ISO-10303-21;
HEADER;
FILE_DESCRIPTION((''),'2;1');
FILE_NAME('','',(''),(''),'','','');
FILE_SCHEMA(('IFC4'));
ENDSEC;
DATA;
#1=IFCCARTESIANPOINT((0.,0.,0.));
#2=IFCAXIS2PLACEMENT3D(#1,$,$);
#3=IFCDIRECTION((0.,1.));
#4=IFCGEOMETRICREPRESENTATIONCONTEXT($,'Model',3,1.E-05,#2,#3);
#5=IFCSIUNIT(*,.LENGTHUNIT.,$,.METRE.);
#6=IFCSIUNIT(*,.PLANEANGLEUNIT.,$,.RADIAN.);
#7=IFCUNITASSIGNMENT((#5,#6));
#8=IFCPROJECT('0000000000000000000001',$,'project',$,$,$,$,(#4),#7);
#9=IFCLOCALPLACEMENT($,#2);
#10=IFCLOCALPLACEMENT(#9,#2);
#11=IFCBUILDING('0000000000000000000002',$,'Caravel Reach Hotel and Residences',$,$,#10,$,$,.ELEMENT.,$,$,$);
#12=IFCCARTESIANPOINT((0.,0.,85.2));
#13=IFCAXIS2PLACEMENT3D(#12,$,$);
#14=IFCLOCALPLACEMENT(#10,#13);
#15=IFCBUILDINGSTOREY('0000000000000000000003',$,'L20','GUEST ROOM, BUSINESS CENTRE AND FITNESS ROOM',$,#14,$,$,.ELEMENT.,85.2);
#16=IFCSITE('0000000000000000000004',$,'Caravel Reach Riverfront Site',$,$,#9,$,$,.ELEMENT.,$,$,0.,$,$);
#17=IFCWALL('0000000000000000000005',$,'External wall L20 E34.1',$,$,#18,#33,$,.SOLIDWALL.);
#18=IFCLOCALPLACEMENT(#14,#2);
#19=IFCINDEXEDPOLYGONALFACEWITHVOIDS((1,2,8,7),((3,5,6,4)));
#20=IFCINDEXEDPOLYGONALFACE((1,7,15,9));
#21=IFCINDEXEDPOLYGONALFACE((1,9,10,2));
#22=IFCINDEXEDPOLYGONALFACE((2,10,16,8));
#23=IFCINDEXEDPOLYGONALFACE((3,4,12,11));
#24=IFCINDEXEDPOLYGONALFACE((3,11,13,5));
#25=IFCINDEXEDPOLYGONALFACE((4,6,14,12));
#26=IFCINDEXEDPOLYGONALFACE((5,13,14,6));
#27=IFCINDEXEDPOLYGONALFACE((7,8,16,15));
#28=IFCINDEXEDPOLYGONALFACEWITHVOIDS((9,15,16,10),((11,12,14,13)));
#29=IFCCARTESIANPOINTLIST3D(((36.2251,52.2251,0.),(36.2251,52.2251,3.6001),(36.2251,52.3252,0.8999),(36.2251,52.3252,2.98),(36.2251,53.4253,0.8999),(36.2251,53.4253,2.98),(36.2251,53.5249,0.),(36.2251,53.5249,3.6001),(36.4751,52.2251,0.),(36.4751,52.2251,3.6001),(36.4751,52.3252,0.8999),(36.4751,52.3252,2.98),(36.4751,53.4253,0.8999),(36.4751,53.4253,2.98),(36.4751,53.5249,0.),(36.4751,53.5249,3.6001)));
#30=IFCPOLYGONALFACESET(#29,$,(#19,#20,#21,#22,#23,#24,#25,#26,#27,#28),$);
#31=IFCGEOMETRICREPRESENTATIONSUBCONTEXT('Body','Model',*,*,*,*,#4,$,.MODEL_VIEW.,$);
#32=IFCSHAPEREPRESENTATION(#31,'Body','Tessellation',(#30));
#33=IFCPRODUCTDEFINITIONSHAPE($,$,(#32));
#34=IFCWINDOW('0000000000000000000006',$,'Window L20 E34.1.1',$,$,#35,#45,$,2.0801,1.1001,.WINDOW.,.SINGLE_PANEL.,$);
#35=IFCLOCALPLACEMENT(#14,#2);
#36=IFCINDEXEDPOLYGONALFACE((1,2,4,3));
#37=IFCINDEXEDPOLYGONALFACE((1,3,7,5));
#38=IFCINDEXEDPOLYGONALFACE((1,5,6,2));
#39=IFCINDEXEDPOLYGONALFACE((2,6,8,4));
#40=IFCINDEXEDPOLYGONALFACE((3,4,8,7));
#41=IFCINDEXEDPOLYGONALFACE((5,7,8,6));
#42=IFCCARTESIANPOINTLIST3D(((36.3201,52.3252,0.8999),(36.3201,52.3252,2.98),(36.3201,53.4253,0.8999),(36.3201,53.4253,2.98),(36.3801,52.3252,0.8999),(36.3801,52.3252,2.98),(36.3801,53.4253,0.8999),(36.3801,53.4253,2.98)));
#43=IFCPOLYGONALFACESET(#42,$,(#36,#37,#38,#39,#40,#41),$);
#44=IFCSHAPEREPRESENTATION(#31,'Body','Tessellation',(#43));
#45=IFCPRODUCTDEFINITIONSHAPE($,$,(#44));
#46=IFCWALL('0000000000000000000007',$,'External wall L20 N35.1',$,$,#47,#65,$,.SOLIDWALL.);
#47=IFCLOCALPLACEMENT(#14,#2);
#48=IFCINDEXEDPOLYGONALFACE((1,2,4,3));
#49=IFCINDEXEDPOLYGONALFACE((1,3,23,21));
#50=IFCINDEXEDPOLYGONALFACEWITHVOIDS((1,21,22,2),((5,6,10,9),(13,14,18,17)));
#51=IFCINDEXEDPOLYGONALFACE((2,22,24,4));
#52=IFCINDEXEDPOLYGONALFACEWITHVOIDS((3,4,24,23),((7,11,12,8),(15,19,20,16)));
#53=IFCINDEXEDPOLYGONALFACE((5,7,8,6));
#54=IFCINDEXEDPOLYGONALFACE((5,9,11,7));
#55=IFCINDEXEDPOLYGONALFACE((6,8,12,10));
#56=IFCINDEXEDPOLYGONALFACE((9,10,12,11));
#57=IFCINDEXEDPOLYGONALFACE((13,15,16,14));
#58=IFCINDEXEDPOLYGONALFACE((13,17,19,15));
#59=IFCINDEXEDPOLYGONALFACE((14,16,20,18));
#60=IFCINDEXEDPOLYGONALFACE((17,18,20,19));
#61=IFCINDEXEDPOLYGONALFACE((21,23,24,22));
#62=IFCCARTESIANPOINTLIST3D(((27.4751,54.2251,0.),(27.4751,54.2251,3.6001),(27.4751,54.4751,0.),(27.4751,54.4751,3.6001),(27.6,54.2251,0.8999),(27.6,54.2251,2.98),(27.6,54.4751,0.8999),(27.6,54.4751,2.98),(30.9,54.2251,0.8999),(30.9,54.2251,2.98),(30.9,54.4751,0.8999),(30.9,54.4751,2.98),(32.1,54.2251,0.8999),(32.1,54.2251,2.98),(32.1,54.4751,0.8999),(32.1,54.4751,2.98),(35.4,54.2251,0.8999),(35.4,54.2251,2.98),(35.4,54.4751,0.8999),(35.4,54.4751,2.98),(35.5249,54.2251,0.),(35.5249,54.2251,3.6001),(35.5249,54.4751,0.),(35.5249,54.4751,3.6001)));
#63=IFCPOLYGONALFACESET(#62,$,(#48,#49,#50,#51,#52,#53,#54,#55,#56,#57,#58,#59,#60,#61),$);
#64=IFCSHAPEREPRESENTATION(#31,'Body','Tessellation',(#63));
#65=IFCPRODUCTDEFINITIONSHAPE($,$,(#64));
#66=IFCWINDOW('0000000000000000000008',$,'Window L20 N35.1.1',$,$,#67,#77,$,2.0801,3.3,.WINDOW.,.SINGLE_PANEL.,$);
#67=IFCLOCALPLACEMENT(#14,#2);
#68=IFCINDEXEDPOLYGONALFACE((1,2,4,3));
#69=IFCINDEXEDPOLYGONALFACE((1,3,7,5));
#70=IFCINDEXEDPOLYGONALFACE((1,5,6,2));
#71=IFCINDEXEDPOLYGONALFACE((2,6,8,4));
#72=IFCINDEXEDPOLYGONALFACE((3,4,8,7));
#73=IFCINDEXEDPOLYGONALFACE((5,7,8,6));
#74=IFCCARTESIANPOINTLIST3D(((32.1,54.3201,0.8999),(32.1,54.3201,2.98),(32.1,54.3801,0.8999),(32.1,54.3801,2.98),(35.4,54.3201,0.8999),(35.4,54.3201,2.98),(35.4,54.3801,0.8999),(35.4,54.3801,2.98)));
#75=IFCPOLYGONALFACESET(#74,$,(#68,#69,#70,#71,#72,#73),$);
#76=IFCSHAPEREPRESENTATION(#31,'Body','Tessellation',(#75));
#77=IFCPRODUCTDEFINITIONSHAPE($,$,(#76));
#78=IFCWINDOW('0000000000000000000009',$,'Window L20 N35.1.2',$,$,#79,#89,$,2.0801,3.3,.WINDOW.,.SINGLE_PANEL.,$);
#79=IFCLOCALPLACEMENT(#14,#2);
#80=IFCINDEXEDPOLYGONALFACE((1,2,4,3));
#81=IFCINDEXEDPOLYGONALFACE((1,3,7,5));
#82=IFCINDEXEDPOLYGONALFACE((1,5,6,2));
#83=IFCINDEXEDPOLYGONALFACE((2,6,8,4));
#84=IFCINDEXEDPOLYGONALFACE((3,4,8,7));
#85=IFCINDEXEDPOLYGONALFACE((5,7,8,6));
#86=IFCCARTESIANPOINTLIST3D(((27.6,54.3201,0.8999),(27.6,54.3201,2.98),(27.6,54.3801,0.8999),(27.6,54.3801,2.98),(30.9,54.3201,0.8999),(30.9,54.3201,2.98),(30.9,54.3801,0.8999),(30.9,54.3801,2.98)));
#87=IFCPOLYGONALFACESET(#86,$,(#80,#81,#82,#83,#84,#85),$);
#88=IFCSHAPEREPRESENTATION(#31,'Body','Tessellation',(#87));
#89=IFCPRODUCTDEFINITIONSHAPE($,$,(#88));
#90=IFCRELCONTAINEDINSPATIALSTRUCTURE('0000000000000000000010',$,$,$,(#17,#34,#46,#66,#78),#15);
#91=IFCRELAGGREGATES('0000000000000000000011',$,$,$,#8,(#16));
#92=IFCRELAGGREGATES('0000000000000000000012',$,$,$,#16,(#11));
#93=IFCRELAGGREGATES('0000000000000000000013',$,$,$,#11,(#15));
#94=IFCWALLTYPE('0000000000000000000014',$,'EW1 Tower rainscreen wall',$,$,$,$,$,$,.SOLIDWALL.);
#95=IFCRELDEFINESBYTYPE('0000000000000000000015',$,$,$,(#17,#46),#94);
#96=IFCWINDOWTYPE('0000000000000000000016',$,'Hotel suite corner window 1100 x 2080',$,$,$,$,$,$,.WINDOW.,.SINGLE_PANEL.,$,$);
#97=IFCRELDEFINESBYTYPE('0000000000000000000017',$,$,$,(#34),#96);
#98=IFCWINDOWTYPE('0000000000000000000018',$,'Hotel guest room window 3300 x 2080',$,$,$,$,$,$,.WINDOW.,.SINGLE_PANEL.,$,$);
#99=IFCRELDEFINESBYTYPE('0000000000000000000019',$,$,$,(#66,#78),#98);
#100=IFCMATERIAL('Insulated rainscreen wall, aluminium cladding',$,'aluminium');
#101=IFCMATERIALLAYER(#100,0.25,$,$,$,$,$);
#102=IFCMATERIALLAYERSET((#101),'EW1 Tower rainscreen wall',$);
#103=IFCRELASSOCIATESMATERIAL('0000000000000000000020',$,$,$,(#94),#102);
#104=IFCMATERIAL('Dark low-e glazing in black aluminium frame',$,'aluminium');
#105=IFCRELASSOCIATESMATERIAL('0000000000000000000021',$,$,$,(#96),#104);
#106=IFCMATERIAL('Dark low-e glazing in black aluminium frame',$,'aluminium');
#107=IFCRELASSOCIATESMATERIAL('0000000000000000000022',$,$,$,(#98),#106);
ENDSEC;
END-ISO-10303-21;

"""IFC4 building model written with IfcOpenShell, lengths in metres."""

from ifc_helpers import new_model, si_unit, direction, frame, frame_2d, origin, place, context, subcontext, project, spatial, rectangle, extrude, material, layer, layer_set, type_object, element, fill, save


model = new_model("IFC4")

# Units and contexts
model_context = context("Model", 3, precision=1e-05, world=origin(), true_north=direction((0.0, 1.0)))
body_context = subcontext(model_context, "Body", "Model", "MODEL_VIEW")
ifc_project = project(units=[si_unit("LENGTHUNIT", "METRE"), si_unit("PLANEANGLEUNIT", "RADIAN")], contexts=[model_context])

# Site, building, storey
site_placement = place(None, origin())
site = spatial("IfcSite", under=ifc_project, at=site_placement, Name="Caravel Reach Riverfront Site", CompositionType="ELEMENT", RefElevation=0.0)
building_placement = place(site_placement, origin())
building = spatial("IfcBuilding", under=site, at=building_placement, Name="Caravel Reach Hotel and Residences", CompositionType="ELEMENT")
storey_placement = place(building_placement, frame((0.0, 0.0, 85.2)))
storey = spatial("IfcBuildingStorey", under=building, at=storey_placement, Name="L20", Description="GUEST ROOM, BUSINESS CENTRE AND FITNESS ROOM", CompositionType="ELEMENT", Elevation=85.2)

# Wall, opening, window
ifc_material_1 = material(Name="Insulated rainscreen wall, aluminium cladding", Category="aluminium")
ifc_layer = layer(ifc_material_1, 0.25)
ifc_layer_set = layer_set([ifc_layer], Name="EW1 Tower rainscreen wall")
wall_type = type_object("IfcWallType", Name="EW1 Tower rainscreen wall", PredefinedType="SOLIDWALL", material=ifc_layer_set)
ifc_material_2 = material(Name="Dark low-e glazing in black aluminium frame", Category="aluminium")
window_type_1 = type_object("IfcWindowType", Name="Hotel suite corner window 1100 x 2080", PartitioningType="SINGLE_PANEL", PredefinedType="WINDOW", material=ifc_material_2)
wall_1_placement = place(storey_placement, frame((36.3501, 52.2251, 0.0), z_axis=(0.0, 0.0, 1.0), x_axis=(0.0, 1.0, 0.0)))
wall_1 = element("IfcWall", 1, at=wall_1_placement, inside=storey, type_object=wall_type, Name="External wall L20 E34.1", PredefinedType="SOLIDWALL", context=body_context, shape_type="SweptSolid", body=[
    extrude(rectangle(XDim=1.2998, YDim=0.25, at=frame_2d((0.6499, 0.0))), origin(), (0.0, 0.0, 1.0), 3.6001),
])
opening_1_placement = place(wall_1_placement, frame((0.1001, 0.0, 0.8999)))
opening_1 = element("IfcOpeningElement", 2, at=opening_1_placement, cuts=wall_1, PredefinedType="OPENING", context=body_context, shape_type="SweptSolid", body=[
    extrude(rectangle(XDim=1.1001, YDim=2.0801, at=frame_2d((0.55, 1.04))), frame((0.0, 0.135, 0.0), z_axis=(0.0, -1.0, 0.0), x_axis=(1.0, 0.0, 0.0)), (0.0, 0.0, 1.0), 0.27),
])
window_1_placement = place(opening_1_placement, origin())
window_1 = element("IfcWindow", 3, at=window_1_placement, inside=storey, type_object=window_type_1, Name="Window L20 E34.1.1", OverallHeight=2.0801, OverallWidth=1.1001, PartitioningType="SINGLE_PANEL", PredefinedType="WINDOW", context=body_context, shape_type="SweptSolid", body=[
    extrude(rectangle(XDim=1.1001, YDim=2.0801, at=frame_2d((0.55, 1.04))), frame((0.0, 0.03, 0.0), z_axis=(0.0, -1.0, 0.0), x_axis=(1.0, 0.0, 0.0)), (0.0, 0.0, 1.0), 0.0601),
])
fill(opening_1, window_1)

# Wall, openings, windows
wall_2_placement = place(storey_placement, frame((35.5249, 54.3501, 0.0), z_axis=(0.0, 0.0, 1.0), x_axis=(-1.0, 0.0, 0.0)))
wall_2 = element("IfcWall", 4, at=wall_2_placement, inside=storey, type_object=wall_type, Name="External wall L20 N35.1", PredefinedType="SOLIDWALL", context=body_context, shape_type="SweptSolid", body=[
    extrude(rectangle(XDim=8.0498, YDim=0.25, at=frame_2d((4.0249, 0.0))), origin(), (0.0, 0.0, 1.0), 3.6001),
])
opening_2_placement = place(wall_2_placement, frame((0.125, 0.0, 0.8999)))
opening_2 = element("IfcOpeningElement", 5, at=opening_2_placement, cuts=wall_2, PredefinedType="OPENING", context=body_context, shape_type="SweptSolid", body=[
    extrude(rectangle(XDim=3.3, YDim=2.0801, at=frame_2d((1.6499, 1.04))), frame((0.0, 0.135, 0.0), z_axis=(0.0, -1.0, 0.0), x_axis=(1.0, 0.0, 0.0)), (0.0, 0.0, 1.0), 0.27),
])
opening_3_placement = place(wall_2_placement, frame((4.625, 0.0, 0.8999)))
opening_3 = element("IfcOpeningElement", 6, at=opening_3_placement, cuts=wall_2, PredefinedType="OPENING", context=body_context, shape_type="SweptSolid", body=[
    extrude(rectangle(XDim=3.3, YDim=2.0801, at=frame_2d((1.6499, 1.04))), frame((0.0, 0.135, 0.0), z_axis=(0.0, -1.0, 0.0), x_axis=(1.0, 0.0, 0.0)), (0.0, 0.0, 1.0), 0.27),
])
ifc_material_3 = material(Name="Dark low-e glazing in black aluminium frame", Category="aluminium")
window_type_2 = type_object("IfcWindowType", Name="Hotel guest room window 3300 x 2080", PartitioningType="SINGLE_PANEL", PredefinedType="WINDOW", material=ifc_material_3)
window_2_placement = place(opening_2_placement, origin())
window_2 = element("IfcWindow", 7, at=window_2_placement, inside=storey, type_object=window_type_2, Name="Window L20 N35.1.1", OverallHeight=2.0801, OverallWidth=3.3, PartitioningType="SINGLE_PANEL", PredefinedType="WINDOW", context=body_context, shape_type="SweptSolid", body=[
    extrude(rectangle(XDim=3.3, YDim=2.0801, at=frame_2d((1.6499, 1.04))), frame((0.0, 0.03, 0.0), z_axis=(0.0, -1.0, 0.0), x_axis=(1.0, 0.0, 0.0)), (0.0, 0.0, 1.0), 0.0601),
])
fill(opening_2, window_2)
window_3_placement = place(opening_3_placement, origin())
window_3 = element("IfcWindow", 8, at=window_3_placement, inside=storey, type_object=window_type_2, Name="Window L20 N35.1.2", OverallHeight=2.0801, OverallWidth=3.3, PartitioningType="SINGLE_PANEL", PredefinedType="WINDOW", context=body_context, shape_type="SweptSolid", body=[
    extrude(rectangle(XDim=3.3, YDim=2.0801, at=frame_2d((1.6499, 1.04))), frame((0.0, 0.03, 0.0), z_axis=(0.0, -1.0, 0.0), x_axis=(1.0, 0.0, 0.0)), (0.0, 0.0, 1.0), 0.0601),
])
fill(opening_3, window_3)

save(model, "model.ifc")
